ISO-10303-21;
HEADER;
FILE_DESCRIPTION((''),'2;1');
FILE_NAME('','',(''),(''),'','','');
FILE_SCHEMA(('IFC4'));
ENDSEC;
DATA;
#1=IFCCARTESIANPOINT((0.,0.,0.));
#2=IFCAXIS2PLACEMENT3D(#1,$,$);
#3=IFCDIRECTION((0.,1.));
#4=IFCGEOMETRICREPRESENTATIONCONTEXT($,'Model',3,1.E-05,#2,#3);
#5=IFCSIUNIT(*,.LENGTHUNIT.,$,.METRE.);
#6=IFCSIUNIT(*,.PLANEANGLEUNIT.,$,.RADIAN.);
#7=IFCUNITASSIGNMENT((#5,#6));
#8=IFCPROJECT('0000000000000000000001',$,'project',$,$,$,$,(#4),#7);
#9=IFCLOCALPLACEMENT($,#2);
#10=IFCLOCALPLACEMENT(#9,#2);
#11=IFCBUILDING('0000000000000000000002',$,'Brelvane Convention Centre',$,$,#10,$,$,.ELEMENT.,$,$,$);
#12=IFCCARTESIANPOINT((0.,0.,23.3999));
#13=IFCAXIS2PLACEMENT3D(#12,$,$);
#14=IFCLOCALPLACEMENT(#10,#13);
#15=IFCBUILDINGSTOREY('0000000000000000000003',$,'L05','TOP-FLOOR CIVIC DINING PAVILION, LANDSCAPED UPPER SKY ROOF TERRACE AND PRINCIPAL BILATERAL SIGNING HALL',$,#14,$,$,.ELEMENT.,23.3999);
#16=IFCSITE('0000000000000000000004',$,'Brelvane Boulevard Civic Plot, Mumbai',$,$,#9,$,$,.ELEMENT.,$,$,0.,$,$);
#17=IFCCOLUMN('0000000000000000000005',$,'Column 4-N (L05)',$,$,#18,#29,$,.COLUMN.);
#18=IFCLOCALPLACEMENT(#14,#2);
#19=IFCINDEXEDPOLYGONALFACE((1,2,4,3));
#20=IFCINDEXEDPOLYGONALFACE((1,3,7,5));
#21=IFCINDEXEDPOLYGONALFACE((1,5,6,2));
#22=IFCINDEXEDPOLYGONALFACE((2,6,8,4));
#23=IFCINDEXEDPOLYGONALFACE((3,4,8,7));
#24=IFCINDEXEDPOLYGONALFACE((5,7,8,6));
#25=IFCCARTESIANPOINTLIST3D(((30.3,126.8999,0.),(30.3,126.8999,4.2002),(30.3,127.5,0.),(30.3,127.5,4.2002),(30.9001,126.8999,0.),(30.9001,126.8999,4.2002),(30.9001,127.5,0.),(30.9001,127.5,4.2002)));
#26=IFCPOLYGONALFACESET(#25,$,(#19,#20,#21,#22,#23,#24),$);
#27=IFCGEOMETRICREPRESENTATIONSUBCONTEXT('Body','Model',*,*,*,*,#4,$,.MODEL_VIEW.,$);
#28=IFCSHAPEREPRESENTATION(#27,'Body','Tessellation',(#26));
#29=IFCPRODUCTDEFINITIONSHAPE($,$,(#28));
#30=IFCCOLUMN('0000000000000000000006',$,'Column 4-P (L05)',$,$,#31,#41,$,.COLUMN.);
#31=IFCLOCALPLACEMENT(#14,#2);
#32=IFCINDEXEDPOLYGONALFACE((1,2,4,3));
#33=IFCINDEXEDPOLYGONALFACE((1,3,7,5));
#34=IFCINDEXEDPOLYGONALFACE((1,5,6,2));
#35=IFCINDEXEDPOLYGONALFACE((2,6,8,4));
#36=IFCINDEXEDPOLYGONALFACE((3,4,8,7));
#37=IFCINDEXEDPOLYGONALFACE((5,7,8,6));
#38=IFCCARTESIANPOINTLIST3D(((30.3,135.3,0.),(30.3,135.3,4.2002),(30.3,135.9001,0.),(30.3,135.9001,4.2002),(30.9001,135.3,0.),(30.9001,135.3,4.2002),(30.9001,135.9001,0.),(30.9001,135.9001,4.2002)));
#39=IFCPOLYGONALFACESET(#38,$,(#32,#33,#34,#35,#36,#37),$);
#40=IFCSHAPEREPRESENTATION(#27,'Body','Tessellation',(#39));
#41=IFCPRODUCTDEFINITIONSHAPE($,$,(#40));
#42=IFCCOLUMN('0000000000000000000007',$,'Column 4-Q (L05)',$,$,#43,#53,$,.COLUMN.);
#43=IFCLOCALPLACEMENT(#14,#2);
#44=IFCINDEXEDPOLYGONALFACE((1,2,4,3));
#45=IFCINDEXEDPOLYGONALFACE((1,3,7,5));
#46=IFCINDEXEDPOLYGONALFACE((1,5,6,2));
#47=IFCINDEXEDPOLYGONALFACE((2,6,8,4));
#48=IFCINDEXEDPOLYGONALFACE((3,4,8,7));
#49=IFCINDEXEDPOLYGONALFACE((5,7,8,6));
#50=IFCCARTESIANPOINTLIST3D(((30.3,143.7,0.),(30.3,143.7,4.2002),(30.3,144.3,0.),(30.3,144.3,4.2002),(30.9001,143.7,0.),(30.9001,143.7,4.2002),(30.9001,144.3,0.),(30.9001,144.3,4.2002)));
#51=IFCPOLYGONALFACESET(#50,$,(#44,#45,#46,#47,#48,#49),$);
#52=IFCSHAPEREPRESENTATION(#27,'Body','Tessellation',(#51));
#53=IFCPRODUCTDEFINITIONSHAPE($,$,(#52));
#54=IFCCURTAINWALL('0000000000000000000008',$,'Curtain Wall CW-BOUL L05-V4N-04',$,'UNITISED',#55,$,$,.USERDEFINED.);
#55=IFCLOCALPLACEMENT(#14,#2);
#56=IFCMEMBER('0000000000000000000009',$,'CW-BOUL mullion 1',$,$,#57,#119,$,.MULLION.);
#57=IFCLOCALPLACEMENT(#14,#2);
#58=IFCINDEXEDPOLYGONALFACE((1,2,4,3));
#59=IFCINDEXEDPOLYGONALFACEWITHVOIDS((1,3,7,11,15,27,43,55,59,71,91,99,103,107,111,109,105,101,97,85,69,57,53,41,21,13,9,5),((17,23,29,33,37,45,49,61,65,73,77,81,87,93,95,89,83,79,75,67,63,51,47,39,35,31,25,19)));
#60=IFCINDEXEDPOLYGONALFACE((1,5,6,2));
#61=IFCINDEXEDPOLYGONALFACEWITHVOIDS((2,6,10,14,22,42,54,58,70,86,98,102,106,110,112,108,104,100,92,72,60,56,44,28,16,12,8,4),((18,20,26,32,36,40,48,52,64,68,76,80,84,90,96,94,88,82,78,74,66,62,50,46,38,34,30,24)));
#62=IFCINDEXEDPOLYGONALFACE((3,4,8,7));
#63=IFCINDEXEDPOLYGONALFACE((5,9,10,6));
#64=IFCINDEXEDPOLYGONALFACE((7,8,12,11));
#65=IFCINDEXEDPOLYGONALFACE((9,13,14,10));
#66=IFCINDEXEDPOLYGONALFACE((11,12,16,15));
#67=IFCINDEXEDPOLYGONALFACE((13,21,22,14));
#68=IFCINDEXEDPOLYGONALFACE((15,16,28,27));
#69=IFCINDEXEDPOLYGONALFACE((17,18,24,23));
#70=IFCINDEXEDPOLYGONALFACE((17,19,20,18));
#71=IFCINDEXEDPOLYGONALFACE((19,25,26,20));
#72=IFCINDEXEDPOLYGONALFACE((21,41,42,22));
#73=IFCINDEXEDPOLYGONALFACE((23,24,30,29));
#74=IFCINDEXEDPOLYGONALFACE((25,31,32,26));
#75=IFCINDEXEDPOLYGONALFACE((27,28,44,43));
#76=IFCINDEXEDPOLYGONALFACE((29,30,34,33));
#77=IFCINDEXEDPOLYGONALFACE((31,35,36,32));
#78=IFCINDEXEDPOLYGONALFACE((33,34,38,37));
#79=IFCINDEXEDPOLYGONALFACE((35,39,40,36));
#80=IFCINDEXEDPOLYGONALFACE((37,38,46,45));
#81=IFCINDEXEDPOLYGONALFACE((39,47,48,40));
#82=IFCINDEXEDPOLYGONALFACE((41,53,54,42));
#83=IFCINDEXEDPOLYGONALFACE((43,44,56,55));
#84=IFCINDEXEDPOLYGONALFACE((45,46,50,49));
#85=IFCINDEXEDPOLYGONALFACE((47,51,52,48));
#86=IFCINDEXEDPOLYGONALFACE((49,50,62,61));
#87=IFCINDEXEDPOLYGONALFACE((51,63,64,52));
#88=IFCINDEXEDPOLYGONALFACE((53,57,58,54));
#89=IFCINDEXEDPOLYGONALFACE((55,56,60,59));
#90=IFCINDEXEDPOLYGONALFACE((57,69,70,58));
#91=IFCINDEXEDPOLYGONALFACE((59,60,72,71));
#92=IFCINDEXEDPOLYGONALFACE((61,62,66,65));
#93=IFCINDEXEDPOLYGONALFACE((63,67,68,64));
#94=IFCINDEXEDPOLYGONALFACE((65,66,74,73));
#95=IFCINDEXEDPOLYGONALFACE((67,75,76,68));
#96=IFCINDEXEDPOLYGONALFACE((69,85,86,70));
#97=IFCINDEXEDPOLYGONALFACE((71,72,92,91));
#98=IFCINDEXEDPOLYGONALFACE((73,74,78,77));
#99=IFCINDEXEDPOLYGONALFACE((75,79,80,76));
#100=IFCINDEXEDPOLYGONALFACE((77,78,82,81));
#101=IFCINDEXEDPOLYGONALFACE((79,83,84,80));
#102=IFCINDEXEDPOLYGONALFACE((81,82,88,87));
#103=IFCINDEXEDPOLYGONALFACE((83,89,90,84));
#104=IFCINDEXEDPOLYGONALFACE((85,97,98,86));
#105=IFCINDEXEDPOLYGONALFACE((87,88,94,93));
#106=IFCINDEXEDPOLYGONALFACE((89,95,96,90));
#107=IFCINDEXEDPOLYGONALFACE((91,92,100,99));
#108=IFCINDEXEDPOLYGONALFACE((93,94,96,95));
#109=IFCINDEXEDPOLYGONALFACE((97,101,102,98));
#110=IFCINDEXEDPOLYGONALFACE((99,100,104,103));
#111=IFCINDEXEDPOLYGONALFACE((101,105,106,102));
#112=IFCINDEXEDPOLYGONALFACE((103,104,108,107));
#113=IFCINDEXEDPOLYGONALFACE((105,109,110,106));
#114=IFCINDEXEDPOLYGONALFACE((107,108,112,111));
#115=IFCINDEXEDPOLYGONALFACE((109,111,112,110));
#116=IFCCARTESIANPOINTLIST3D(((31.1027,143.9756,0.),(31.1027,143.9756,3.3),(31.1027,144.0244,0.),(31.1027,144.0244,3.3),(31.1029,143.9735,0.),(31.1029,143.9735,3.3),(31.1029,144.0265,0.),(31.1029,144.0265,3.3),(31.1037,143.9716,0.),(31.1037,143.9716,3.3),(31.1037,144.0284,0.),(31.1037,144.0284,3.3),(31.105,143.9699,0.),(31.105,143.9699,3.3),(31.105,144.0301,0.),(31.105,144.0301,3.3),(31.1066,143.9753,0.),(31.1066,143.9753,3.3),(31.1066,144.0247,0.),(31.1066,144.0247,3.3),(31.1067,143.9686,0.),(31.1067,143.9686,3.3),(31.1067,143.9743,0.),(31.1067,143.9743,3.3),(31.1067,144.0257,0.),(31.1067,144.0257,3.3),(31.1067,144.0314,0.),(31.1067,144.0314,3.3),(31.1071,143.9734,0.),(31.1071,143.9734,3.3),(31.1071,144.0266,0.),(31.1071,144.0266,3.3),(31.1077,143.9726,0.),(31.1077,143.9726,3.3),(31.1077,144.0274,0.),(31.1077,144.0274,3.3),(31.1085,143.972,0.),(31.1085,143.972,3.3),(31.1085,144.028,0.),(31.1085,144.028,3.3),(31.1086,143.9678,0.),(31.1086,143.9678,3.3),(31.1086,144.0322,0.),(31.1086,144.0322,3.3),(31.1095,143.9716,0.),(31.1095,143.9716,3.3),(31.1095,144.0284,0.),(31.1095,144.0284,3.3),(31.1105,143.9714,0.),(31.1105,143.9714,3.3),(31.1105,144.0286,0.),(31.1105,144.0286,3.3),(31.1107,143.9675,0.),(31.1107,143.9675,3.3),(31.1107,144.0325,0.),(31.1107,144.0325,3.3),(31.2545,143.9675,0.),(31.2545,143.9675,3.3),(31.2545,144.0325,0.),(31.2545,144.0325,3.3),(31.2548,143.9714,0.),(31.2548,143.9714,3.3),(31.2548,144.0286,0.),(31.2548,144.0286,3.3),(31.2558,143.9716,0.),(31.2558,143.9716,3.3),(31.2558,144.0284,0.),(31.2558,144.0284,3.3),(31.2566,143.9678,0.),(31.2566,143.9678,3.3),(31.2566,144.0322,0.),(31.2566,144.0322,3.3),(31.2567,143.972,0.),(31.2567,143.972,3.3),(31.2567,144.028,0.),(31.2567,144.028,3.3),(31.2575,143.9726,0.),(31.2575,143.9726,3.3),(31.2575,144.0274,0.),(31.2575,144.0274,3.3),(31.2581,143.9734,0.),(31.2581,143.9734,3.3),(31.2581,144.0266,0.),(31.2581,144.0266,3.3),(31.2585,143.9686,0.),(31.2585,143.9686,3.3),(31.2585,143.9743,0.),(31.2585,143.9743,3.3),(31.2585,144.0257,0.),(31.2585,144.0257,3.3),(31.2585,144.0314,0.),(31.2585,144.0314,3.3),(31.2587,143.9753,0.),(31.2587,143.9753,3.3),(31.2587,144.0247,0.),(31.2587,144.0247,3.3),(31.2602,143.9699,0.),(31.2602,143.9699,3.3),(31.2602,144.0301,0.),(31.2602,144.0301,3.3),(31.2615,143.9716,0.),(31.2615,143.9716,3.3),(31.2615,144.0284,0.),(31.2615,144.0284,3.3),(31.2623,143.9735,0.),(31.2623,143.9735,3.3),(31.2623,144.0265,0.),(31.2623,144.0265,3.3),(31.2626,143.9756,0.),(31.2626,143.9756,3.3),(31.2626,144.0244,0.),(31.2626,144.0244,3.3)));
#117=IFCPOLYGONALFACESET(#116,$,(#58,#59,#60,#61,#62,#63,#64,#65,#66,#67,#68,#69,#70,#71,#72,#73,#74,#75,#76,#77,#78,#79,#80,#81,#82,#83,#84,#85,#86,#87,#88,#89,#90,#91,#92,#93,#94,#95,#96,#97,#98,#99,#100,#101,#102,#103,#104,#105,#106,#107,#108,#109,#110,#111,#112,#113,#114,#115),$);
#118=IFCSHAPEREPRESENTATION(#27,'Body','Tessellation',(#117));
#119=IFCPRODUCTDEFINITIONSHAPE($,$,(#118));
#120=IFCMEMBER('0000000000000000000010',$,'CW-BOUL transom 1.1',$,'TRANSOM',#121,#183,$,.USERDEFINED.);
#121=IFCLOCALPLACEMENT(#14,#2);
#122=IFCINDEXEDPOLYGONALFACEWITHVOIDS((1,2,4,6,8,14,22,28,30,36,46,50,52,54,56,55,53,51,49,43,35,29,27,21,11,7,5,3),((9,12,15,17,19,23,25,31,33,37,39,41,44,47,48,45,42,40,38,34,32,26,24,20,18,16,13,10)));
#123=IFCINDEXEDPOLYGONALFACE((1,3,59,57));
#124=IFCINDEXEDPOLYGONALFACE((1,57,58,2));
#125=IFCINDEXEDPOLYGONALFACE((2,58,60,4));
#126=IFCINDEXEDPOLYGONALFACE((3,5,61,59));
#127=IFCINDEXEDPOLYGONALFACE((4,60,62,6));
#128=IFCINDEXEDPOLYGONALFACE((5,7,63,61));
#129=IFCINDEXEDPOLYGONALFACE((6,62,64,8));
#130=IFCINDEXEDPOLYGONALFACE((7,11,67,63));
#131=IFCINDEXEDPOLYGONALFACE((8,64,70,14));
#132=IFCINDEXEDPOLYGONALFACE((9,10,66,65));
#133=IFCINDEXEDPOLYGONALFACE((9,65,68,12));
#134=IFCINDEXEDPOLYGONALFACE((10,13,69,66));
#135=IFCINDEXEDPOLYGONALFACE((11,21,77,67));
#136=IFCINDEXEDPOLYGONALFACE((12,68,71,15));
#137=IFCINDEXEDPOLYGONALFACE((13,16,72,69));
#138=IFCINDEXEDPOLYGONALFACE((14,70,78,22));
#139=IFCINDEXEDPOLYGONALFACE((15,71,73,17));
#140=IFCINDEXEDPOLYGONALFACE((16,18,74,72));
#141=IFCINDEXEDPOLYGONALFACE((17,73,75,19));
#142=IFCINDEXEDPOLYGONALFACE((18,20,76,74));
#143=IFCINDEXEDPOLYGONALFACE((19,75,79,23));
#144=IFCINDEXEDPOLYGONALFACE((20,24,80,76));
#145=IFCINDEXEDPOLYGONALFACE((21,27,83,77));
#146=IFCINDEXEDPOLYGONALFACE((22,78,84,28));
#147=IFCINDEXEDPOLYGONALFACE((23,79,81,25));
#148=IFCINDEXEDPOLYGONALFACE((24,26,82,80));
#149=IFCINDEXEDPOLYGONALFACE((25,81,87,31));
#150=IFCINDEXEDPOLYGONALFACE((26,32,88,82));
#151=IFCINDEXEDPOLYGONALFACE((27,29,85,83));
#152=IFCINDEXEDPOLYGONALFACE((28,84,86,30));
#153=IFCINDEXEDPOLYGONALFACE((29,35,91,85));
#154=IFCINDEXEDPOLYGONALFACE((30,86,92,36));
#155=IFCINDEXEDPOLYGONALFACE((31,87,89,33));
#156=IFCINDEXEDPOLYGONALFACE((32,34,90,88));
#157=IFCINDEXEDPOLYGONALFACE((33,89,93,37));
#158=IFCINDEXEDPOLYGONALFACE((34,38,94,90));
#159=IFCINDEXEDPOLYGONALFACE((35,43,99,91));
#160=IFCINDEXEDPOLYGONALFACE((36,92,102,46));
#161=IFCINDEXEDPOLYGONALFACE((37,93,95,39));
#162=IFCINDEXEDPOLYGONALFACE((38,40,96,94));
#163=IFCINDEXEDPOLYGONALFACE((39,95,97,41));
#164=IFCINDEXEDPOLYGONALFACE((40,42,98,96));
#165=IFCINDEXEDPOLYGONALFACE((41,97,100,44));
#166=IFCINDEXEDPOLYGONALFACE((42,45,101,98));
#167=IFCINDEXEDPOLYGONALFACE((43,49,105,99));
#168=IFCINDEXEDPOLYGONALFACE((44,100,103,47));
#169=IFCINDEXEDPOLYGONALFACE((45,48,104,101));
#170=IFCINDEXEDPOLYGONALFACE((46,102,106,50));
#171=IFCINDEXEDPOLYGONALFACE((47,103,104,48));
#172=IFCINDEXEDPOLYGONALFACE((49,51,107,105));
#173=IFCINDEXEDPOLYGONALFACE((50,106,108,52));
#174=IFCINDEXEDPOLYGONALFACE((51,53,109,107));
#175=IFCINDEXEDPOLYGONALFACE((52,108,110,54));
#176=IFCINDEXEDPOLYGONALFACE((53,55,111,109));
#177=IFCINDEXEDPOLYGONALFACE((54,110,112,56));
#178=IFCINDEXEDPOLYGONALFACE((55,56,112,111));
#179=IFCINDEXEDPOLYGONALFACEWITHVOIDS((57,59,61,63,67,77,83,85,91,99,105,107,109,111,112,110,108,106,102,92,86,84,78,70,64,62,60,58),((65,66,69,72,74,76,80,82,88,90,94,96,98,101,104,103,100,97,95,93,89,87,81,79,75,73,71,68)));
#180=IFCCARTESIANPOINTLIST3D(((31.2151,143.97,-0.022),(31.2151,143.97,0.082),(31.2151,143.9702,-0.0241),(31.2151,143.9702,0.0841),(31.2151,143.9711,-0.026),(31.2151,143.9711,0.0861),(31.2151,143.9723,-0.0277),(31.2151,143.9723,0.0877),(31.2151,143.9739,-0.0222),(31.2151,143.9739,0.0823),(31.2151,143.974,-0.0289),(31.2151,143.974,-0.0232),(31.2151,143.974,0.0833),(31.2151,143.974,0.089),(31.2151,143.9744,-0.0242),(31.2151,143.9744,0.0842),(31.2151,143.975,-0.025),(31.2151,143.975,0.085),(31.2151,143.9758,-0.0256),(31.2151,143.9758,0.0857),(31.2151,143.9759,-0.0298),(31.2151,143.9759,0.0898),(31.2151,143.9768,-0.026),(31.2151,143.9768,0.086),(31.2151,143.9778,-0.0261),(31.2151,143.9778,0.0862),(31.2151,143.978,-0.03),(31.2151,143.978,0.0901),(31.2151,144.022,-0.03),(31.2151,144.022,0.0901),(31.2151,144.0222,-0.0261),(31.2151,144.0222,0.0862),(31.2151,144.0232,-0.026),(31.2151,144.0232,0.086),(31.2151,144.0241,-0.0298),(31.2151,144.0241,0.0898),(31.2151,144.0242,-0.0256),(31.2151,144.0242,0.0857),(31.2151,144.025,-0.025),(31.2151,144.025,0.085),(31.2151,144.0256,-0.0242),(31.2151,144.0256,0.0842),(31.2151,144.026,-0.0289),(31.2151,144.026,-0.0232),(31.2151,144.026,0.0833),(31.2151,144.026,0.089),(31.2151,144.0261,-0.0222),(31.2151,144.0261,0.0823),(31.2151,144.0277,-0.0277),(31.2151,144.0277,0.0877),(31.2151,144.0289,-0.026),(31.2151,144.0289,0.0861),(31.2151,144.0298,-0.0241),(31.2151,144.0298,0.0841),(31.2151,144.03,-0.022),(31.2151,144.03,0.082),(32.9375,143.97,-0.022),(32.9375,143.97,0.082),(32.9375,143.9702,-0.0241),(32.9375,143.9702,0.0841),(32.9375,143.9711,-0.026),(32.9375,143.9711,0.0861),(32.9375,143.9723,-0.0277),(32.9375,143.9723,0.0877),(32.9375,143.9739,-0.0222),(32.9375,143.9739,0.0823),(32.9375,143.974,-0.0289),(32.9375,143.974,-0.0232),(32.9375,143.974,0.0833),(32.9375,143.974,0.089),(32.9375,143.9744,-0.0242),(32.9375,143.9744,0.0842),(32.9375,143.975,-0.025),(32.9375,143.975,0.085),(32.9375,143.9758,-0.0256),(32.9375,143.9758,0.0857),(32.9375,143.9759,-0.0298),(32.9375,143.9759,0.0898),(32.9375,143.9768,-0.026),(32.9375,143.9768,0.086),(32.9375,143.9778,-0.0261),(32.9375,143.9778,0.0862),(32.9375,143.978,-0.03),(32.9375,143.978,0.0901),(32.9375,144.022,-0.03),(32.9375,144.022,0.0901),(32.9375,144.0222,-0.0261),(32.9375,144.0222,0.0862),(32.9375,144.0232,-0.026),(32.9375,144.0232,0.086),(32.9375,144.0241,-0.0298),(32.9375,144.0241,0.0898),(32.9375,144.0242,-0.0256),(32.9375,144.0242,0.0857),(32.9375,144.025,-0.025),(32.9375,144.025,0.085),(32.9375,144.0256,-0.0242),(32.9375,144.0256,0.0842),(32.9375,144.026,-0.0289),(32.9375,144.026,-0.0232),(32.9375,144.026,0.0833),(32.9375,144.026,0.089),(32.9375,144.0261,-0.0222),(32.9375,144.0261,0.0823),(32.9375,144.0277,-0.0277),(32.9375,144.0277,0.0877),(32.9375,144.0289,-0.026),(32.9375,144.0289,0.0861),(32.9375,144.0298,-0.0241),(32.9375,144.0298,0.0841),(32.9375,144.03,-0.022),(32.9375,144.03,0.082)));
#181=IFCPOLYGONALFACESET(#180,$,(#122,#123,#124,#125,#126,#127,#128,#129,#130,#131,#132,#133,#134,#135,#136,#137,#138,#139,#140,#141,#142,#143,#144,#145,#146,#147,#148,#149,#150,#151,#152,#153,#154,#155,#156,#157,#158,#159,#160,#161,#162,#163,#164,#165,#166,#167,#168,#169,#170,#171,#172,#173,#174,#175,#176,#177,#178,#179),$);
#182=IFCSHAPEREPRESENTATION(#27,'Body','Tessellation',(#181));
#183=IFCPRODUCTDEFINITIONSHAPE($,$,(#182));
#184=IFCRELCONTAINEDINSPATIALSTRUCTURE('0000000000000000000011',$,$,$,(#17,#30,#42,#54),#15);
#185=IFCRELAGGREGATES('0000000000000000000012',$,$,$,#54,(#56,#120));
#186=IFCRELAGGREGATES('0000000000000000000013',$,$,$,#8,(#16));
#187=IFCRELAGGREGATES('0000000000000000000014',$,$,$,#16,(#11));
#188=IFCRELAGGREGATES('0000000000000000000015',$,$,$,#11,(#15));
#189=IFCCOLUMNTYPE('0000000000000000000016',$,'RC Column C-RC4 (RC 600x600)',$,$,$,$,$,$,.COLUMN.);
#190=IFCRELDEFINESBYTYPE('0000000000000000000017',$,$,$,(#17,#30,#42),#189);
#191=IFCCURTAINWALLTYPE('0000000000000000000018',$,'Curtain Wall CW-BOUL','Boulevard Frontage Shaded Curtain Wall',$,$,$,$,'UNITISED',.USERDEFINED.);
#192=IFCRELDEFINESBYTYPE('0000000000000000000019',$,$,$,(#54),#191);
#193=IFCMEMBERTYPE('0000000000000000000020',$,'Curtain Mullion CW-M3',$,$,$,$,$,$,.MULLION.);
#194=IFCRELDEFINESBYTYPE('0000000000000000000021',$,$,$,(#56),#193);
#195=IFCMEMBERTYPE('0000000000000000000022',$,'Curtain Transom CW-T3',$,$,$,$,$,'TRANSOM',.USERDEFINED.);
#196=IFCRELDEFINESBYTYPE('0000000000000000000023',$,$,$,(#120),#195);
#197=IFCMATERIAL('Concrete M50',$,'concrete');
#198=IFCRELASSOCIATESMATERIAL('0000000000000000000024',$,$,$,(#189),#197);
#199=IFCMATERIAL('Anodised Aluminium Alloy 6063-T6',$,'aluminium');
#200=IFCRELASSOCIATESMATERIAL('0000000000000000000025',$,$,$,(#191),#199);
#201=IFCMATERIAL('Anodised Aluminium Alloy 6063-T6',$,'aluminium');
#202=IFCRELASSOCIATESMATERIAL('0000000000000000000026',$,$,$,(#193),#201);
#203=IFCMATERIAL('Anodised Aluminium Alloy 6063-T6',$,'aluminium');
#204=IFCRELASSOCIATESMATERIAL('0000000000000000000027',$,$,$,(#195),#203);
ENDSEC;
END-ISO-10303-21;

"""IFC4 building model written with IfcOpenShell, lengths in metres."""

from ifc_helpers import new_model, si_unit, direction, frame, origin, origin_2d, place, context, subcontext, project, spatial, rectangle, hollow_rectangle, extrude, material, material_profile, profile_set, type_object, element, aggregate, save


model = new_model("IFC4")

# Units and contexts
model_context = context("Model", 3, precision=1e-05, world=origin(), true_north=direction((0.0, 1.0)))
body_context = subcontext(model_context, "Body", "Model", "MODEL_VIEW")
ifc_project = project(units=[si_unit("LENGTHUNIT", "METRE"), si_unit("PLANEANGLEUNIT", "RADIAN")], contexts=[model_context])

# Site, building, storey
site_placement = place(None, origin())
site = spatial("IfcSite", under=ifc_project, at=site_placement, Name="Brelvane Boulevard Civic Plot, Mumbai", CompositionType="ELEMENT", RefElevation=0.0)
building_placement = place(site_placement, origin())
building = spatial("IfcBuilding", under=site, at=building_placement, Name="Brelvane Convention Centre", CompositionType="ELEMENT")
storey_placement = place(building_placement, frame((0.0, 0.0, 23.3999)))
storey = spatial("IfcBuildingStorey", under=building, at=storey_placement, Name="L05", Description="TOP-FLOOR CIVIC DINING PAVILION, LANDSCAPED UPPER SKY ROOF TERRACE AND PRINCIPAL BILATERAL SIGNING HALL", CompositionType="ELEMENT", Elevation=23.3999)

# Columns
ifc_material_1 = material(Name="Concrete M50", Category="concrete")
ifc_material_profile_1 = material_profile(ifc_material_1, rectangle(XDim=0.6001, YDim=0.6001, at=origin_2d()), Name="RC 600x600")
ifc_profile_set_1 = profile_set([ifc_material_profile_1], Name="Concrete M50")
column_type = type_object("IfcColumnType", Name="RC Column C-RC4 (RC 600x600)", PredefinedType="COLUMN", material=ifc_profile_set_1)
for number, where, z_axis, x_axis, name in (
    (1, (30.6001, 127.2, 0.0), (0.0, 0.0, 1.0), (1.0, 0.0, 0.0), "Column 4-N (L05)"),
    (2, (30.6001, 135.6001, 0.0), (0.0, 0.0, 1.0), (1.0, 0.0, 0.0), "Column 4-P (L05)"),
    (3, (30.6001, 144.0, 0.0), (0.0, 0.0, 1.0), (1.0, 0.0, 0.0), "Column 4-Q (L05)"),
):
    element("IfcColumn", number, at=place(storey_placement, frame(where, z_axis=z_axis, x_axis=x_axis)), inside=storey, type_object=column_type, Name=name, PredefinedType="COLUMN", context=body_context, shape_type="SweptSolid", body=[
        extrude(rectangle(XDim=0.6001, YDim=0.6001, at=origin_2d()), origin(), (0.0, 0.0, 1.0), 4.2002),
    ])

# Curtain wall, members
ifc_material_2 = material(Name="Anodised Aluminium Alloy 6063-T6", Category="aluminium")
curtain_wall_type = type_object("IfcCurtainWallType", Name="Curtain Wall CW-BOUL", Description="Boulevard Frontage Shaded Curtain Wall", ElementType="UNITISED", PredefinedType="USERDEFINED", material=ifc_material_2)
curtain_wall_placement = place(storey_placement, origin())
curtain_wall = element("IfcCurtainWall", 4, at=curtain_wall_placement, inside=storey, type_object=curtain_wall_type, Name="Curtain Wall CW-BOUL L05-V4N-04", ObjectType="UNITISED", PredefinedType="USERDEFINED")
ifc_material_3 = material(Name="Anodised Aluminium Alloy 6063-T6", Category="aluminium")
ifc_material_profile_2 = material_profile(ifc_material_3, hollow_rectangle(XDim=0.0649, YDim=0.1599, WallThickness=0.0039, InnerFilletRadius=0.0039, OuterFilletRadius=0.0081, at=origin_2d()), Name="ALU-M 160x65x4.0")
ifc_profile_set_2 = profile_set([ifc_material_profile_2], Name="Anodised Aluminium Alloy 6063-T6")
member_type_1 = type_object("IfcMemberType", Name="Curtain Mullion CW-M3", PredefinedType="MULLION", material=ifc_profile_set_2)
member_1_placement = place(storey_placement, frame((31.1826, 144.0, 0.0), z_axis=(0.0, 0.0, 1.0), x_axis=(0.0, 1.0, 0.0)))
member_1 = element("IfcMember", 5, at=member_1_placement, type_object=member_type_1, Name="CW-BOUL mullion 1", PredefinedType="MULLION", context=body_context, shape_type="SweptSolid", body=[
    extrude(hollow_rectangle(XDim=0.0649, YDim=0.1599, WallThickness=0.0039, InnerFilletRadius=0.0039, OuterFilletRadius=0.0081, at=origin_2d()), origin(), (0.0, 0.0, 1.0), 3.3),
])
ifc_material_4 = material(Name="Anodised Aluminium Alloy 6063-T6", Category="aluminium")
ifc_material_profile_3 = material_profile(ifc_material_4, hollow_rectangle(XDim=0.0601, YDim=0.1201, WallThickness=0.0039, InnerFilletRadius=0.0039, OuterFilletRadius=0.0081, at=origin_2d()), Name="ALU-T 120x60x4.0")
ifc_profile_set_3 = profile_set([ifc_material_profile_3], Name="Anodised Aluminium Alloy 6063-T6")
member_type_2 = type_object("IfcMemberType", Name="Curtain Transom CW-T3", ElementType="TRANSOM", PredefinedType="USERDEFINED", material=ifc_profile_set_3)
member_2_placement = place(storey_placement, frame((31.2151, 144.0, 0.03), z_axis=(1.0, 0.0, 0.0), x_axis=(0.0, 1.0, 0.0)))
member_2 = element("IfcMember", 6, at=member_2_placement, type_object=member_type_2, Name="CW-BOUL transom 1.1", ObjectType="TRANSOM", PredefinedType="USERDEFINED", context=body_context, shape_type="SweptSolid", body=[
    extrude(hollow_rectangle(XDim=0.0601, YDim=0.1201, WallThickness=0.0039, InnerFilletRadius=0.0039, OuterFilletRadius=0.0081, at=origin_2d()), origin(), (0.0, 0.0, 1.0), 1.7224),
])
aggregate(curtain_wall, [member_1, member_2])

save(model, "model.ifc")
